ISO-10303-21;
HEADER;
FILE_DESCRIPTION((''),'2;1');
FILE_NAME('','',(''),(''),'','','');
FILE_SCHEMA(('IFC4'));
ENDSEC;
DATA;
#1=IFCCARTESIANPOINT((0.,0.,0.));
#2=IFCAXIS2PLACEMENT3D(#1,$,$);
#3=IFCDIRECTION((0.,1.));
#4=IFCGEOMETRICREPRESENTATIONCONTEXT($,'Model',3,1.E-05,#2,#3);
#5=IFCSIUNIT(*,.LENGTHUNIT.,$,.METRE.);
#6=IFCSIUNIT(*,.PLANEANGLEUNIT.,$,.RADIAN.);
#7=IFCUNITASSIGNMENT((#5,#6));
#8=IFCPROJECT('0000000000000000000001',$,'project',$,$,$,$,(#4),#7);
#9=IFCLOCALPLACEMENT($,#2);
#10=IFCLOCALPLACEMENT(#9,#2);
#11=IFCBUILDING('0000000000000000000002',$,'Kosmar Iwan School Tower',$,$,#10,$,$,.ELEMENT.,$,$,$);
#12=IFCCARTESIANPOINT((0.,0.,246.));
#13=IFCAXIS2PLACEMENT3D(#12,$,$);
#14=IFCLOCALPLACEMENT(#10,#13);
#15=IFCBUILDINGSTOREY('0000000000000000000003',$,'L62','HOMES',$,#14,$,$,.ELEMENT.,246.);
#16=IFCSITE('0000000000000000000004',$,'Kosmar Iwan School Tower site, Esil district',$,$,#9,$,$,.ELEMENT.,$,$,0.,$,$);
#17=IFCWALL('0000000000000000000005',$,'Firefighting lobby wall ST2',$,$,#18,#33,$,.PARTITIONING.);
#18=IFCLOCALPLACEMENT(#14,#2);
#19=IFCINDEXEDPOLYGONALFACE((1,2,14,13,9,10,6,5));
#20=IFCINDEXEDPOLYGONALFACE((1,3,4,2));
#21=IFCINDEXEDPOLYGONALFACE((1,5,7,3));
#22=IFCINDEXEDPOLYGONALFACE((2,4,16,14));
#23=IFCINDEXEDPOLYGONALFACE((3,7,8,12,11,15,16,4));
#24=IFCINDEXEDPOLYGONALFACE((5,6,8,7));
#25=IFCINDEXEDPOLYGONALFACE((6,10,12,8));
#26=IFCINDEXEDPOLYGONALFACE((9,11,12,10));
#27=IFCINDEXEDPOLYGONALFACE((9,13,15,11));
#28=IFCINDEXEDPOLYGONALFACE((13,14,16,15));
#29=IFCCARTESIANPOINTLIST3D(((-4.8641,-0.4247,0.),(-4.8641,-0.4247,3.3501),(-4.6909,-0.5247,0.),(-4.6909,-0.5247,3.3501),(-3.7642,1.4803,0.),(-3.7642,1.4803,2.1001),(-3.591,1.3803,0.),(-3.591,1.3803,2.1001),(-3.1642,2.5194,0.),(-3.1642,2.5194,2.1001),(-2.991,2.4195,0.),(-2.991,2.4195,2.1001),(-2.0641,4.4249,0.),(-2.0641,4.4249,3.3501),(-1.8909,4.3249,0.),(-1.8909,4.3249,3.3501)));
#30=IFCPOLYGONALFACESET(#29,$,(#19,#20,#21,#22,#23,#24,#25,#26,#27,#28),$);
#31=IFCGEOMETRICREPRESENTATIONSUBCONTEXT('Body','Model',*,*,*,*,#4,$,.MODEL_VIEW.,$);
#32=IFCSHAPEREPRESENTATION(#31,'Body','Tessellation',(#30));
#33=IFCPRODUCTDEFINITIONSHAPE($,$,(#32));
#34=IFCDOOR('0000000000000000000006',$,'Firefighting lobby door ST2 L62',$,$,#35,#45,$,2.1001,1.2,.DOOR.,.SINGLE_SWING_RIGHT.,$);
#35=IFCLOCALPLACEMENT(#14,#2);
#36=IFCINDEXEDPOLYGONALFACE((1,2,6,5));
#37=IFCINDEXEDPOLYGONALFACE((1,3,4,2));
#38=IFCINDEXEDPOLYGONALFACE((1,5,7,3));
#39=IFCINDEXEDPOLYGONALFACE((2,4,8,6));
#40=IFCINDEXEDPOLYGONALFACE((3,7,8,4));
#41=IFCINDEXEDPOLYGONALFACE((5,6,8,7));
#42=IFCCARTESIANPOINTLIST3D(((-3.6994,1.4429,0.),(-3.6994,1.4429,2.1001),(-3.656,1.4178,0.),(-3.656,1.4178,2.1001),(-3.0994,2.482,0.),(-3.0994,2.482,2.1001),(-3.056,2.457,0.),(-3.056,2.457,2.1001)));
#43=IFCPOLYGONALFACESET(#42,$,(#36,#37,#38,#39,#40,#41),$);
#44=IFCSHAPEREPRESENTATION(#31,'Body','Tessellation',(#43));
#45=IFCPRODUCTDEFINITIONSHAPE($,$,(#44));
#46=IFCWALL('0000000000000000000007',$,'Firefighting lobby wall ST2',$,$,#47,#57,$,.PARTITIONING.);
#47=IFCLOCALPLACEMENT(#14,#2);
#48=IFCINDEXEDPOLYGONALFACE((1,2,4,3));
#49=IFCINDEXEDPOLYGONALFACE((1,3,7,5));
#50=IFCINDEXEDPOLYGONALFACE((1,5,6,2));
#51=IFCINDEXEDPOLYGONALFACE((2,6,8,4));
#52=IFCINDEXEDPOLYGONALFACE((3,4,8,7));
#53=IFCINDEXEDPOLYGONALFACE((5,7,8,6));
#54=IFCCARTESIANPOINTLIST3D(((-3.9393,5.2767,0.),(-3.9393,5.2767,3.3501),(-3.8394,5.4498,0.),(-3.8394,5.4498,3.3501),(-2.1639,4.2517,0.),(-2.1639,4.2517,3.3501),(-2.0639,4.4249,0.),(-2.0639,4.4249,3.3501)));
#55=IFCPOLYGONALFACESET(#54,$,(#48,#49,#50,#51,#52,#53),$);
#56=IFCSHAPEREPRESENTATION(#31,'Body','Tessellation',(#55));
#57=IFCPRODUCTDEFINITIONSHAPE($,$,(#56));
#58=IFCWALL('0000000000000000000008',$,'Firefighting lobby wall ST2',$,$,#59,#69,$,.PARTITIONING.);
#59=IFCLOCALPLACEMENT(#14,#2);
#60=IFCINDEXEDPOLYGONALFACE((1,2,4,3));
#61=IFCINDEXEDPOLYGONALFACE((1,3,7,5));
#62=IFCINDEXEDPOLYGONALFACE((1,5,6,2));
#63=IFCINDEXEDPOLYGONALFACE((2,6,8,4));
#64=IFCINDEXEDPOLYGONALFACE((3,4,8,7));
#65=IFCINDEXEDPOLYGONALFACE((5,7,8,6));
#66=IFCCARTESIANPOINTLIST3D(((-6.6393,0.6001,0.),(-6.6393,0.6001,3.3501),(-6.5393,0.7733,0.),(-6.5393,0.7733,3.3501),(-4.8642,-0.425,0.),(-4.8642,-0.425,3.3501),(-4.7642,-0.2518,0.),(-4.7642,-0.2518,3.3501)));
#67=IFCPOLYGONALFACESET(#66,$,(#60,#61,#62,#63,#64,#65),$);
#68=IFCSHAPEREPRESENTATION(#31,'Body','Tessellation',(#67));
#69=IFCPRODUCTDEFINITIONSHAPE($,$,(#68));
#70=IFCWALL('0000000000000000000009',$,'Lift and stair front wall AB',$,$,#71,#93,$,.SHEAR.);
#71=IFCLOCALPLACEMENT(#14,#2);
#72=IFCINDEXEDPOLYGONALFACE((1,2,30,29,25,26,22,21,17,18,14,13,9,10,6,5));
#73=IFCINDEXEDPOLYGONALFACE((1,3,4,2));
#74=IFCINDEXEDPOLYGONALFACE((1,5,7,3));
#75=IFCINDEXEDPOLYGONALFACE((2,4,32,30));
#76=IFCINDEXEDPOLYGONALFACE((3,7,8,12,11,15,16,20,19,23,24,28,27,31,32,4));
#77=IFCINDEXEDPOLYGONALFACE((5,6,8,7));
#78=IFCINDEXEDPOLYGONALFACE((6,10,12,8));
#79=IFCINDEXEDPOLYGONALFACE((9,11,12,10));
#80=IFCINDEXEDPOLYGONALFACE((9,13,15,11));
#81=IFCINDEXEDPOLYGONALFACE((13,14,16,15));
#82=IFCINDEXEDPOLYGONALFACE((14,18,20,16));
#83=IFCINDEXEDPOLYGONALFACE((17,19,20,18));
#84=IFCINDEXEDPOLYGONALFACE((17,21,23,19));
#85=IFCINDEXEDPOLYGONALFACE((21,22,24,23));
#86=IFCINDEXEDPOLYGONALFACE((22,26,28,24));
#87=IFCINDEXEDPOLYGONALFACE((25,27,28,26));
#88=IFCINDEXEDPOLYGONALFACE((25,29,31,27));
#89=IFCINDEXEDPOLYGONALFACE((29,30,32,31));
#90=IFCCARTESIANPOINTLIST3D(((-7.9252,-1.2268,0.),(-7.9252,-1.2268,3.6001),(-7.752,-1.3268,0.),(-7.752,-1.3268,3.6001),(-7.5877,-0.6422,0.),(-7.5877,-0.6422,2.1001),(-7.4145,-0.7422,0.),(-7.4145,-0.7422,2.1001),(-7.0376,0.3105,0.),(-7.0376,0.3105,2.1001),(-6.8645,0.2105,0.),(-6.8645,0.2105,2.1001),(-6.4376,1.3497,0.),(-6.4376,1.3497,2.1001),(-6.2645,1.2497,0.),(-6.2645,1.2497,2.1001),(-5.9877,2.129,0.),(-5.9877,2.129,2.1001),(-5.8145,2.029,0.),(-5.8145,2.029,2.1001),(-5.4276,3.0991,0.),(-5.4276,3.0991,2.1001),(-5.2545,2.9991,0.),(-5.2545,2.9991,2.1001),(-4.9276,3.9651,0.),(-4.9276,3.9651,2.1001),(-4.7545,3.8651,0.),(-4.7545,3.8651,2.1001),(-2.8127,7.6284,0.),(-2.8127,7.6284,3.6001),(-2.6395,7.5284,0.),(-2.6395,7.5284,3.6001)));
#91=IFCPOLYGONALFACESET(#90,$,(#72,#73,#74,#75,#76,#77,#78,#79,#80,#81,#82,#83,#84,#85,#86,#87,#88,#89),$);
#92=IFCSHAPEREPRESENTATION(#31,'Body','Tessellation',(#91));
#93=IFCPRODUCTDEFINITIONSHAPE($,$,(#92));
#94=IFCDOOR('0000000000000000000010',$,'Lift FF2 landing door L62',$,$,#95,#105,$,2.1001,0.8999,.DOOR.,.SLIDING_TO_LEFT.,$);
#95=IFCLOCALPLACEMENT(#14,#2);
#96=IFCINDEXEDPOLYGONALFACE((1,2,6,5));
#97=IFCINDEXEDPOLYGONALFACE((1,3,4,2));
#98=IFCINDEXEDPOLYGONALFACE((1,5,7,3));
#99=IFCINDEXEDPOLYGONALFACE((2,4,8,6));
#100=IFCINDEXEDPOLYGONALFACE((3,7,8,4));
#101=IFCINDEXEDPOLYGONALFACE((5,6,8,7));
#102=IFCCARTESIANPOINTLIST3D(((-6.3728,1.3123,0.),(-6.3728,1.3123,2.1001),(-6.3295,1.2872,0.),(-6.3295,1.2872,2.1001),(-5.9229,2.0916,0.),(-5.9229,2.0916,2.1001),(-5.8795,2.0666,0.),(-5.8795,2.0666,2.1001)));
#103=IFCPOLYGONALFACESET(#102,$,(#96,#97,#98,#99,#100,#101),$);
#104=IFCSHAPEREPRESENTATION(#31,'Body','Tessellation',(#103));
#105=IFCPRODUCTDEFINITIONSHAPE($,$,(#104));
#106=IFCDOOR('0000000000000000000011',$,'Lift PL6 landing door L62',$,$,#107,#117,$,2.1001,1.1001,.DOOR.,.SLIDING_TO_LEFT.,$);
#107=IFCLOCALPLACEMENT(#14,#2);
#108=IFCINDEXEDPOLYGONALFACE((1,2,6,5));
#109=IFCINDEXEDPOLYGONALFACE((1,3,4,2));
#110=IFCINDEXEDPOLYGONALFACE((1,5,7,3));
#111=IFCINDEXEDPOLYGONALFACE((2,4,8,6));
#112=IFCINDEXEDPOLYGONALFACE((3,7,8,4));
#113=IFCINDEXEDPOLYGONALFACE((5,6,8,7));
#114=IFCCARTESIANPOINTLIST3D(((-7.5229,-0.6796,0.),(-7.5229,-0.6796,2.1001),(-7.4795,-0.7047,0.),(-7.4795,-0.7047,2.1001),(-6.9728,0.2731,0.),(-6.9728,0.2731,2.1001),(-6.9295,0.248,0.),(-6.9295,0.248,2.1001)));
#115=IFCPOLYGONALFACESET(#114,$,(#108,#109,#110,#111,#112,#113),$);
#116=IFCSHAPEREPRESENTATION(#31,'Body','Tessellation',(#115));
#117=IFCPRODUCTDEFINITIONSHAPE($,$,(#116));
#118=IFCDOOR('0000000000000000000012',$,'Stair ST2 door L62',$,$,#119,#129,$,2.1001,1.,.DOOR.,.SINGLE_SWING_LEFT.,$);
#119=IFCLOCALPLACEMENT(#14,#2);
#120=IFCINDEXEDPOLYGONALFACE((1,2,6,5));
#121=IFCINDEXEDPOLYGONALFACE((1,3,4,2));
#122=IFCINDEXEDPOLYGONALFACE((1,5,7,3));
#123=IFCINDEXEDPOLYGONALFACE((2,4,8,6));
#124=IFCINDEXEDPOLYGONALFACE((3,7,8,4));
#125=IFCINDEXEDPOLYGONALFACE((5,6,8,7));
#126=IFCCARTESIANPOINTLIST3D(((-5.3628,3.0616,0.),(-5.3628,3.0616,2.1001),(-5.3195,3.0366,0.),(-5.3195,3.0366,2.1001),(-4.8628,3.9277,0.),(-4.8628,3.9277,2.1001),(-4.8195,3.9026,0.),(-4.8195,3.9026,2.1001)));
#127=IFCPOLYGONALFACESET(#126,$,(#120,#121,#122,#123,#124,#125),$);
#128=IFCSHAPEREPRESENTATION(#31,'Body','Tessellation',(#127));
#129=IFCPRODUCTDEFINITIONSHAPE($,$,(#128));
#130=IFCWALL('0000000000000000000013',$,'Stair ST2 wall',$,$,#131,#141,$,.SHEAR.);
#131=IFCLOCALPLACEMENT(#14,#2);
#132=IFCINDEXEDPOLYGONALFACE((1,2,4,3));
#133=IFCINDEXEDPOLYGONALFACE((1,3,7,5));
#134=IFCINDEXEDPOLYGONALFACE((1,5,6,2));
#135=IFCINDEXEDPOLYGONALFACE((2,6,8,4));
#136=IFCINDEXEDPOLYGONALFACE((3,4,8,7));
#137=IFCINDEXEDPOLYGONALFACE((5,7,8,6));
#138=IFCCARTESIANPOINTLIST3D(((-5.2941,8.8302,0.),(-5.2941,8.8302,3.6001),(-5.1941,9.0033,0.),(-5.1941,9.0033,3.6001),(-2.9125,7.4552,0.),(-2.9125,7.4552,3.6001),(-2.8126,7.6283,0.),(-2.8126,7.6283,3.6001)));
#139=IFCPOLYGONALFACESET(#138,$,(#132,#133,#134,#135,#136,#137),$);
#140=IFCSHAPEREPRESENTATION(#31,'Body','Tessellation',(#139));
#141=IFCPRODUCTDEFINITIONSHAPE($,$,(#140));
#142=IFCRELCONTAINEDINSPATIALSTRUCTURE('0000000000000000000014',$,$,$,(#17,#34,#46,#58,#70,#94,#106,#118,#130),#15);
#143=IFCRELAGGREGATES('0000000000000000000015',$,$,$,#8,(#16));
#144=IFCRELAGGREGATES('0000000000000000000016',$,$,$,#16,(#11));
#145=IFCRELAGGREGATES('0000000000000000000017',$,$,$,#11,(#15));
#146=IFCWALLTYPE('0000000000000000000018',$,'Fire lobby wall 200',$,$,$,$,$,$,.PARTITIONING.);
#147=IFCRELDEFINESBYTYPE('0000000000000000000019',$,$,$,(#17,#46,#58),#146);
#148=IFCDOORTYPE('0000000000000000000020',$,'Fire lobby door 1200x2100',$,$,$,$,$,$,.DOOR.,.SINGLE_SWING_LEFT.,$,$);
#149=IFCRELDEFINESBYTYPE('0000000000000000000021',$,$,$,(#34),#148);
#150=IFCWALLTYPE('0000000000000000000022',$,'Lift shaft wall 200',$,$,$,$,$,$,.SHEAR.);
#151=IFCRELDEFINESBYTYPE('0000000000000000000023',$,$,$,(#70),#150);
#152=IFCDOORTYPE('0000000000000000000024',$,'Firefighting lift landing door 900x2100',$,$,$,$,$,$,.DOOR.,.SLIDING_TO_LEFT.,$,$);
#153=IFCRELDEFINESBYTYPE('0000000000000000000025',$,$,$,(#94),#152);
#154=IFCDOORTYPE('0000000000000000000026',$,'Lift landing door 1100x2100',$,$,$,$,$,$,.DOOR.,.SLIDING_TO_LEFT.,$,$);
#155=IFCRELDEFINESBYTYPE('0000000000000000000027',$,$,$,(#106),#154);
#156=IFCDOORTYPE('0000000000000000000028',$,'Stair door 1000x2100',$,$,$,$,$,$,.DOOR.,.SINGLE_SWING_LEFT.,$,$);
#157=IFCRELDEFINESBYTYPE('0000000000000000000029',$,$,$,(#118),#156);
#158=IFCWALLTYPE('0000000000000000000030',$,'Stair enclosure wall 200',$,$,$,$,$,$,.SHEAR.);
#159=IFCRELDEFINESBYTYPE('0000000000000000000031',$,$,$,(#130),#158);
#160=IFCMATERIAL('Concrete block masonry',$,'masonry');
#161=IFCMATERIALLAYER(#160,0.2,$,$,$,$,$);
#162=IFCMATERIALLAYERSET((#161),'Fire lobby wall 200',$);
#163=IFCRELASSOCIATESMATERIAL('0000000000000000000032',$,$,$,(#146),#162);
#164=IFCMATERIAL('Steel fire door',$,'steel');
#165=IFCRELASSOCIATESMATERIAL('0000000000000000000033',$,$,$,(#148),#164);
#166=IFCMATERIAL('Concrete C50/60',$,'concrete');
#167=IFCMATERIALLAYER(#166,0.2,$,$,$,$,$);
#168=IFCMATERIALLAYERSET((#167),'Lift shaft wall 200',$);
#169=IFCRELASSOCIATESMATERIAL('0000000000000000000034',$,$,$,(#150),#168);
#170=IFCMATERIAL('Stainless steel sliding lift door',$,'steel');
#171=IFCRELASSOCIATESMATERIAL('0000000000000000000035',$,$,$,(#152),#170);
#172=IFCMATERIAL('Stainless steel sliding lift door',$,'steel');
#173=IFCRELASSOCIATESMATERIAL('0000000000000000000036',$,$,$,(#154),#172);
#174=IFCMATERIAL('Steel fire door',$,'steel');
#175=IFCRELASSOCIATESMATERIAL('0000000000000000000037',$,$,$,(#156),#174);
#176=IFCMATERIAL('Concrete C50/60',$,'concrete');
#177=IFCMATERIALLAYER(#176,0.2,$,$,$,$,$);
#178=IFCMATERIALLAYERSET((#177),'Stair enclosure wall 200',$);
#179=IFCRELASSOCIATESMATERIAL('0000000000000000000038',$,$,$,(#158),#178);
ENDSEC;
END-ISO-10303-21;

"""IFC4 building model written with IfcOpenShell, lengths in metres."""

from ifc_helpers import new_model, si_unit, direction, frame, frame_2d, origin, place, context, subcontext, project, spatial, rectangle, extrude, material, layer, layer_set, type_object, element, fill, save


model = new_model("IFC4")

# Units and contexts
model_context = context("Model", 3, precision=1e-05, world=origin(), true_north=direction((0.0, 1.0)))
body_context = subcontext(model_context, "Body", "Model", "MODEL_VIEW")
ifc_project = project(units=[si_unit("LENGTHUNIT", "METRE"), si_unit("PLANEANGLEUNIT", "RADIAN")], contexts=[model_context])

# Site, building, storey
site_placement = place(None, origin())
site = spatial("IfcSite", under=ifc_project, at=site_placement, Name="Kosmar Iwan School Tower site, Esil district", CompositionType="ELEMENT", RefElevation=0.0)
building_placement = place(site_placement, origin())
building = spatial("IfcBuilding", under=site, at=building_placement, Name="Kosmar Iwan School Tower", CompositionType="ELEMENT")
storey_placement = place(building_placement, frame((0.0, 0.0, 246.0)))
storey = spatial("IfcBuildingStorey", under=building, at=storey_placement, Name="L62", Description="HOMES", CompositionType="ELEMENT", Elevation=246.0)

# Wall, opening, door
ifc_material_1 = material(Name="Concrete block masonry", Category="masonry")
ifc_layer_1 = layer(ifc_material_1, 0.2)
ifc_layer_set_1 = layer_set([ifc_layer_1], Name="Fire lobby wall 200")
wall_type_1 = type_object("IfcWallType", Name="Fire lobby wall 200", PredefinedType="PARTITIONING", material=ifc_layer_set_1)
wall_1_placement = place(storey_placement, frame((-1.9775, 4.3748, 0.0), z_axis=(0.0, 0.0, 1.0), x_axis=(-0.500017, -0.866016, 0.0)))
wall_1 = element("IfcWall", 1, at=wall_1_placement, inside=storey, type_object=wall_type_1, Name="Firefighting lobby wall ST2", PredefinedType="PARTITIONING", context=body_context, shape_type="SweptSolid", body=[
    extrude(rectangle(XDim=5.5999, YDim=0.2, at=frame_2d((2.7998, 0.0))), origin(), (0.0, 0.0, 1.0), 3.3501),
])
opening_1_placement = place(wall_1_placement, frame((2.2, 0.0, 0.0)))
opening_1 = element("IfcOpeningElement", 2, at=opening_1_placement, cuts=wall_1, PredefinedType="OPENING", context=body_context, shape_type="SweptSolid", body=[
    extrude(rectangle(XDim=1.2, YDim=2.1001, at=frame_2d((0.6001, 1.05))), frame((0.0, 0.1121, 0.0), z_axis=(0.0, -1.0, 0.0), x_axis=(1.0, 0.0, 0.0)), (0.0, 0.0, 1.0), 0.2239),
])
ifc_material_2 = material(Name="Steel fire door", Category="steel")
door_type_1 = type_object("IfcDoorType", Name="Fire lobby door 1200x2100", OperationType="SINGLE_SWING_LEFT", PredefinedType="DOOR", material=ifc_material_2)
door_1_placement = place(opening_1_placement, origin())
door_1 = element("IfcDoor", 3, at=door_1_placement, inside=storey, type_object=door_type_1, Name="Firefighting lobby door ST2 L62", OperationType="SINGLE_SWING_RIGHT", OverallHeight=2.1001, OverallWidth=1.2, PredefinedType="DOOR", context=body_context, shape_type="SweptSolid", body=[
    extrude(rectangle(XDim=1.2, YDim=2.1001, at=frame_2d((0.6001, 1.05))), frame((0.0, 0.0249, 0.0), z_axis=(0.0, -1.0, 0.0), x_axis=(1.0, 0.0, 0.0)), (0.0, 0.0, 1.0), 0.05),
])
fill(opening_1, door_1)

# Walls
wall_2_placement = place(storey_placement, frame((-2.114, 4.3384, 0.0), z_axis=(0.0, 0.0, 1.0), x_axis=(-0.866051, 0.499956, 0.0)))
element("IfcWall", 4, at=wall_2_placement, inside=storey, type_object=wall_type_1, Name="Firefighting lobby wall ST2", PredefinedType="PARTITIONING", context=body_context, shape_type="SweptSolid", body=[
    extrude(rectangle(XDim=2.05, YDim=0.2, at=frame_2d((1.0249, 0.0))), origin(), (0.0, 0.0, 1.0), 3.3501),
])
wall_3_placement = place(storey_placement, frame((-4.8142, -0.3384, 0.0), z_axis=(0.0, 0.0, 1.0), x_axis=(-0.865969, 0.500097, 0.0)))
element("IfcWall", 5, at=wall_3_placement, inside=storey, type_object=wall_type_1, Name="Firefighting lobby wall ST2", PredefinedType="PARTITIONING", context=body_context, shape_type="SweptSolid", body=[
    extrude(rectangle(XDim=2.0498, YDim=0.2, at=frame_2d((1.0249, 0.0))), origin(), (0.0, 0.0, 1.0), 3.3501),
])

# Wall, openings, doors
ifc_material_3 = material(Name="Concrete C50/60", Category="concrete")
ifc_layer_2 = layer(ifc_material_3, 0.2)
ifc_layer_set_2 = layer_set([ifc_layer_2], Name="Lift shaft wall 200")
wall_type_2 = type_object("IfcWallType", Name="Lift shaft wall 200", PredefinedType="SHEAR", material=ifc_layer_set_2)
wall_4_placement = place(storey_placement, frame((-2.7261, 7.5784, 0.0), z_axis=(0.0, 0.0, 1.0), x_axis=(-0.499999, -0.866026, 0.0)))
wall_4 = element("IfcWall", 6, at=wall_4_placement, inside=storey, type_object=wall_type_2, Name="Lift and stair front wall AB", PredefinedType="SHEAR", context=body_context, shape_type="SweptSolid", body=[
    extrude(rectangle(XDim=10.2251, YDim=0.2, at=frame_2d((5.1125, 0.0))), origin(), (0.0, 0.0, 1.0), 3.6001),
])
opening_2_placement = place(wall_4_placement, frame((6.3501, 0.0, 0.0)))
opening_2 = element("IfcOpeningElement", 7, at=opening_2_placement, cuts=wall_4, PredefinedType="OPENING", context=body_context, shape_type="SweptSolid", body=[
    extrude(rectangle(XDim=0.8999, YDim=2.1001, at=frame_2d((0.45, 1.05))), frame((0.0, 0.1121, 0.0), z_axis=(0.0, -1.0, 0.0), x_axis=(1.0, 0.0, 0.0)), (0.0, 0.0, 1.0), 0.2239),
])
opening_3_placement = place(wall_4_placement, frame((8.45, 0.0, 0.0)))
opening_3 = element("IfcOpeningElement", 8, at=opening_3_placement, cuts=wall_4, PredefinedType="OPENING", context=body_context, shape_type="SweptSolid", body=[
    extrude(rectangle(XDim=1.1001, YDim=2.1001, at=frame_2d((0.55, 1.05))), frame((0.0, 0.1121, 0.0), z_axis=(0.0, -1.0, 0.0), x_axis=(1.0, 0.0, 0.0)), (0.0, 0.0, 1.0), 0.2239),
])
opening_4_placement = place(wall_4_placement, frame((4.23, 0.0, 0.0)))
opening_4 = element("IfcOpeningElement", 9, at=opening_4_placement, cuts=wall_4, PredefinedType="OPENING", context=body_context, shape_type="SweptSolid", body=[
    extrude(rectangle(XDim=1.0, YDim=2.1001, at=frame_2d((0.5, 1.05))), frame((0.0, 0.1121, 0.0), z_axis=(0.0, -1.0, 0.0), x_axis=(1.0, 0.0, 0.0)), (0.0, 0.0, 1.0), 0.2239),
])
ifc_material_4 = material(Name="Stainless steel sliding lift door", Category="steel")
door_type_2 = type_object("IfcDoorType", Name="Firefighting lift landing door 900x2100", OperationType="SLIDING_TO_LEFT", PredefinedType="DOOR", material=ifc_material_4)
door_2_placement = place(opening_2_placement, origin())
door_2 = element("IfcDoor", 10, at=door_2_placement, inside=storey, type_object=door_type_2, Name="Lift FF2 landing door L62", OperationType="SLIDING_TO_LEFT", OverallHeight=2.1001, OverallWidth=0.8999, PredefinedType="DOOR", context=body_context, shape_type="SweptSolid", body=[
    extrude(rectangle(XDim=0.8999, YDim=2.1001, at=frame_2d((0.45, 1.05))), frame((0.0, 0.0249, 0.0), z_axis=(0.0, -1.0, 0.0), x_axis=(1.0, 0.0, 0.0)), (0.0, 0.0, 1.0), 0.05),
])
fill(opening_2, door_2)
ifc_material_5 = material(Name="Stainless steel sliding lift door", Category="steel")
door_type_3 = type_object("IfcDoorType", Name="Lift landing door 1100x2100", OperationType="SLIDING_TO_LEFT", PredefinedType="DOOR", material=ifc_material_5)
door_3_placement = place(opening_3_placement, origin())
door_3 = element("IfcDoor", 11, at=door_3_placement, inside=storey, type_object=door_type_3, Name="Lift PL6 landing door L62", OperationType="SLIDING_TO_LEFT", OverallHeight=2.1001, OverallWidth=1.1001, PredefinedType="DOOR", context=body_context, shape_type="SweptSolid", body=[
    extrude(rectangle(XDim=1.1001, YDim=2.1001, at=frame_2d((0.55, 1.05))), frame((0.0, 0.0249, 0.0), z_axis=(0.0, -1.0, 0.0), x_axis=(1.0, 0.0, 0.0)), (0.0, 0.0, 1.0), 0.05),
])
fill(opening_3, door_3)
ifc_material_6 = material(Name="Steel fire door", Category="steel")
door_type_4 = type_object("IfcDoorType", Name="Stair door 1000x2100", OperationType="SINGLE_SWING_LEFT", PredefinedType="DOOR", material=ifc_material_6)
door_4_placement = place(opening_4_placement, origin())
door_4 = element("IfcDoor", 12, at=door_4_placement, inside=storey, type_object=door_type_4, Name="Stair ST2 door L62", OperationType="SINGLE_SWING_LEFT", OverallHeight=2.1001, OverallWidth=1.0, PredefinedType="DOOR", context=body_context, shape_type="SweptSolid", body=[
    extrude(rectangle(XDim=1.0, YDim=2.1001, at=frame_2d((0.5, 1.05))), frame((0.0, 0.0249, 0.0), z_axis=(0.0, -1.0, 0.0), x_axis=(1.0, 0.0, 0.0)), (0.0, 0.0, 1.0), 0.05),
])
fill(opening_4, door_4)

# Wall
ifc_material_7 = material(Name="Concrete C50/60", Category="concrete")
ifc_layer_3 = layer(ifc_material_7, 0.2)
ifc_layer_set_3 = layer_set([ifc_layer_3], Name="Stair enclosure wall 200")
wall_type_3 = type_object("IfcWallType", Name="Stair enclosure wall 200", PredefinedType="SHEAR", material=ifc_layer_set_3)
wall_5_placement = place(storey_placement, frame((-2.8625, 7.5417, 0.0), z_axis=(0.0, 0.0, 1.0), x_axis=(-0.866027, 0.499997, 0.0)))
element("IfcWall", 13, at=wall_5_placement, inside=storey, type_object=wall_type_3, Name="Stair ST2 wall", PredefinedType="SHEAR", context=body_context, shape_type="SweptSolid", body=[
    extrude(rectangle(XDim=2.75, YDim=0.2, at=frame_2d((1.375, 0.0))), origin(), (0.0, 0.0, 1.0), 3.6001),
])

save(model, "model.ifc")
